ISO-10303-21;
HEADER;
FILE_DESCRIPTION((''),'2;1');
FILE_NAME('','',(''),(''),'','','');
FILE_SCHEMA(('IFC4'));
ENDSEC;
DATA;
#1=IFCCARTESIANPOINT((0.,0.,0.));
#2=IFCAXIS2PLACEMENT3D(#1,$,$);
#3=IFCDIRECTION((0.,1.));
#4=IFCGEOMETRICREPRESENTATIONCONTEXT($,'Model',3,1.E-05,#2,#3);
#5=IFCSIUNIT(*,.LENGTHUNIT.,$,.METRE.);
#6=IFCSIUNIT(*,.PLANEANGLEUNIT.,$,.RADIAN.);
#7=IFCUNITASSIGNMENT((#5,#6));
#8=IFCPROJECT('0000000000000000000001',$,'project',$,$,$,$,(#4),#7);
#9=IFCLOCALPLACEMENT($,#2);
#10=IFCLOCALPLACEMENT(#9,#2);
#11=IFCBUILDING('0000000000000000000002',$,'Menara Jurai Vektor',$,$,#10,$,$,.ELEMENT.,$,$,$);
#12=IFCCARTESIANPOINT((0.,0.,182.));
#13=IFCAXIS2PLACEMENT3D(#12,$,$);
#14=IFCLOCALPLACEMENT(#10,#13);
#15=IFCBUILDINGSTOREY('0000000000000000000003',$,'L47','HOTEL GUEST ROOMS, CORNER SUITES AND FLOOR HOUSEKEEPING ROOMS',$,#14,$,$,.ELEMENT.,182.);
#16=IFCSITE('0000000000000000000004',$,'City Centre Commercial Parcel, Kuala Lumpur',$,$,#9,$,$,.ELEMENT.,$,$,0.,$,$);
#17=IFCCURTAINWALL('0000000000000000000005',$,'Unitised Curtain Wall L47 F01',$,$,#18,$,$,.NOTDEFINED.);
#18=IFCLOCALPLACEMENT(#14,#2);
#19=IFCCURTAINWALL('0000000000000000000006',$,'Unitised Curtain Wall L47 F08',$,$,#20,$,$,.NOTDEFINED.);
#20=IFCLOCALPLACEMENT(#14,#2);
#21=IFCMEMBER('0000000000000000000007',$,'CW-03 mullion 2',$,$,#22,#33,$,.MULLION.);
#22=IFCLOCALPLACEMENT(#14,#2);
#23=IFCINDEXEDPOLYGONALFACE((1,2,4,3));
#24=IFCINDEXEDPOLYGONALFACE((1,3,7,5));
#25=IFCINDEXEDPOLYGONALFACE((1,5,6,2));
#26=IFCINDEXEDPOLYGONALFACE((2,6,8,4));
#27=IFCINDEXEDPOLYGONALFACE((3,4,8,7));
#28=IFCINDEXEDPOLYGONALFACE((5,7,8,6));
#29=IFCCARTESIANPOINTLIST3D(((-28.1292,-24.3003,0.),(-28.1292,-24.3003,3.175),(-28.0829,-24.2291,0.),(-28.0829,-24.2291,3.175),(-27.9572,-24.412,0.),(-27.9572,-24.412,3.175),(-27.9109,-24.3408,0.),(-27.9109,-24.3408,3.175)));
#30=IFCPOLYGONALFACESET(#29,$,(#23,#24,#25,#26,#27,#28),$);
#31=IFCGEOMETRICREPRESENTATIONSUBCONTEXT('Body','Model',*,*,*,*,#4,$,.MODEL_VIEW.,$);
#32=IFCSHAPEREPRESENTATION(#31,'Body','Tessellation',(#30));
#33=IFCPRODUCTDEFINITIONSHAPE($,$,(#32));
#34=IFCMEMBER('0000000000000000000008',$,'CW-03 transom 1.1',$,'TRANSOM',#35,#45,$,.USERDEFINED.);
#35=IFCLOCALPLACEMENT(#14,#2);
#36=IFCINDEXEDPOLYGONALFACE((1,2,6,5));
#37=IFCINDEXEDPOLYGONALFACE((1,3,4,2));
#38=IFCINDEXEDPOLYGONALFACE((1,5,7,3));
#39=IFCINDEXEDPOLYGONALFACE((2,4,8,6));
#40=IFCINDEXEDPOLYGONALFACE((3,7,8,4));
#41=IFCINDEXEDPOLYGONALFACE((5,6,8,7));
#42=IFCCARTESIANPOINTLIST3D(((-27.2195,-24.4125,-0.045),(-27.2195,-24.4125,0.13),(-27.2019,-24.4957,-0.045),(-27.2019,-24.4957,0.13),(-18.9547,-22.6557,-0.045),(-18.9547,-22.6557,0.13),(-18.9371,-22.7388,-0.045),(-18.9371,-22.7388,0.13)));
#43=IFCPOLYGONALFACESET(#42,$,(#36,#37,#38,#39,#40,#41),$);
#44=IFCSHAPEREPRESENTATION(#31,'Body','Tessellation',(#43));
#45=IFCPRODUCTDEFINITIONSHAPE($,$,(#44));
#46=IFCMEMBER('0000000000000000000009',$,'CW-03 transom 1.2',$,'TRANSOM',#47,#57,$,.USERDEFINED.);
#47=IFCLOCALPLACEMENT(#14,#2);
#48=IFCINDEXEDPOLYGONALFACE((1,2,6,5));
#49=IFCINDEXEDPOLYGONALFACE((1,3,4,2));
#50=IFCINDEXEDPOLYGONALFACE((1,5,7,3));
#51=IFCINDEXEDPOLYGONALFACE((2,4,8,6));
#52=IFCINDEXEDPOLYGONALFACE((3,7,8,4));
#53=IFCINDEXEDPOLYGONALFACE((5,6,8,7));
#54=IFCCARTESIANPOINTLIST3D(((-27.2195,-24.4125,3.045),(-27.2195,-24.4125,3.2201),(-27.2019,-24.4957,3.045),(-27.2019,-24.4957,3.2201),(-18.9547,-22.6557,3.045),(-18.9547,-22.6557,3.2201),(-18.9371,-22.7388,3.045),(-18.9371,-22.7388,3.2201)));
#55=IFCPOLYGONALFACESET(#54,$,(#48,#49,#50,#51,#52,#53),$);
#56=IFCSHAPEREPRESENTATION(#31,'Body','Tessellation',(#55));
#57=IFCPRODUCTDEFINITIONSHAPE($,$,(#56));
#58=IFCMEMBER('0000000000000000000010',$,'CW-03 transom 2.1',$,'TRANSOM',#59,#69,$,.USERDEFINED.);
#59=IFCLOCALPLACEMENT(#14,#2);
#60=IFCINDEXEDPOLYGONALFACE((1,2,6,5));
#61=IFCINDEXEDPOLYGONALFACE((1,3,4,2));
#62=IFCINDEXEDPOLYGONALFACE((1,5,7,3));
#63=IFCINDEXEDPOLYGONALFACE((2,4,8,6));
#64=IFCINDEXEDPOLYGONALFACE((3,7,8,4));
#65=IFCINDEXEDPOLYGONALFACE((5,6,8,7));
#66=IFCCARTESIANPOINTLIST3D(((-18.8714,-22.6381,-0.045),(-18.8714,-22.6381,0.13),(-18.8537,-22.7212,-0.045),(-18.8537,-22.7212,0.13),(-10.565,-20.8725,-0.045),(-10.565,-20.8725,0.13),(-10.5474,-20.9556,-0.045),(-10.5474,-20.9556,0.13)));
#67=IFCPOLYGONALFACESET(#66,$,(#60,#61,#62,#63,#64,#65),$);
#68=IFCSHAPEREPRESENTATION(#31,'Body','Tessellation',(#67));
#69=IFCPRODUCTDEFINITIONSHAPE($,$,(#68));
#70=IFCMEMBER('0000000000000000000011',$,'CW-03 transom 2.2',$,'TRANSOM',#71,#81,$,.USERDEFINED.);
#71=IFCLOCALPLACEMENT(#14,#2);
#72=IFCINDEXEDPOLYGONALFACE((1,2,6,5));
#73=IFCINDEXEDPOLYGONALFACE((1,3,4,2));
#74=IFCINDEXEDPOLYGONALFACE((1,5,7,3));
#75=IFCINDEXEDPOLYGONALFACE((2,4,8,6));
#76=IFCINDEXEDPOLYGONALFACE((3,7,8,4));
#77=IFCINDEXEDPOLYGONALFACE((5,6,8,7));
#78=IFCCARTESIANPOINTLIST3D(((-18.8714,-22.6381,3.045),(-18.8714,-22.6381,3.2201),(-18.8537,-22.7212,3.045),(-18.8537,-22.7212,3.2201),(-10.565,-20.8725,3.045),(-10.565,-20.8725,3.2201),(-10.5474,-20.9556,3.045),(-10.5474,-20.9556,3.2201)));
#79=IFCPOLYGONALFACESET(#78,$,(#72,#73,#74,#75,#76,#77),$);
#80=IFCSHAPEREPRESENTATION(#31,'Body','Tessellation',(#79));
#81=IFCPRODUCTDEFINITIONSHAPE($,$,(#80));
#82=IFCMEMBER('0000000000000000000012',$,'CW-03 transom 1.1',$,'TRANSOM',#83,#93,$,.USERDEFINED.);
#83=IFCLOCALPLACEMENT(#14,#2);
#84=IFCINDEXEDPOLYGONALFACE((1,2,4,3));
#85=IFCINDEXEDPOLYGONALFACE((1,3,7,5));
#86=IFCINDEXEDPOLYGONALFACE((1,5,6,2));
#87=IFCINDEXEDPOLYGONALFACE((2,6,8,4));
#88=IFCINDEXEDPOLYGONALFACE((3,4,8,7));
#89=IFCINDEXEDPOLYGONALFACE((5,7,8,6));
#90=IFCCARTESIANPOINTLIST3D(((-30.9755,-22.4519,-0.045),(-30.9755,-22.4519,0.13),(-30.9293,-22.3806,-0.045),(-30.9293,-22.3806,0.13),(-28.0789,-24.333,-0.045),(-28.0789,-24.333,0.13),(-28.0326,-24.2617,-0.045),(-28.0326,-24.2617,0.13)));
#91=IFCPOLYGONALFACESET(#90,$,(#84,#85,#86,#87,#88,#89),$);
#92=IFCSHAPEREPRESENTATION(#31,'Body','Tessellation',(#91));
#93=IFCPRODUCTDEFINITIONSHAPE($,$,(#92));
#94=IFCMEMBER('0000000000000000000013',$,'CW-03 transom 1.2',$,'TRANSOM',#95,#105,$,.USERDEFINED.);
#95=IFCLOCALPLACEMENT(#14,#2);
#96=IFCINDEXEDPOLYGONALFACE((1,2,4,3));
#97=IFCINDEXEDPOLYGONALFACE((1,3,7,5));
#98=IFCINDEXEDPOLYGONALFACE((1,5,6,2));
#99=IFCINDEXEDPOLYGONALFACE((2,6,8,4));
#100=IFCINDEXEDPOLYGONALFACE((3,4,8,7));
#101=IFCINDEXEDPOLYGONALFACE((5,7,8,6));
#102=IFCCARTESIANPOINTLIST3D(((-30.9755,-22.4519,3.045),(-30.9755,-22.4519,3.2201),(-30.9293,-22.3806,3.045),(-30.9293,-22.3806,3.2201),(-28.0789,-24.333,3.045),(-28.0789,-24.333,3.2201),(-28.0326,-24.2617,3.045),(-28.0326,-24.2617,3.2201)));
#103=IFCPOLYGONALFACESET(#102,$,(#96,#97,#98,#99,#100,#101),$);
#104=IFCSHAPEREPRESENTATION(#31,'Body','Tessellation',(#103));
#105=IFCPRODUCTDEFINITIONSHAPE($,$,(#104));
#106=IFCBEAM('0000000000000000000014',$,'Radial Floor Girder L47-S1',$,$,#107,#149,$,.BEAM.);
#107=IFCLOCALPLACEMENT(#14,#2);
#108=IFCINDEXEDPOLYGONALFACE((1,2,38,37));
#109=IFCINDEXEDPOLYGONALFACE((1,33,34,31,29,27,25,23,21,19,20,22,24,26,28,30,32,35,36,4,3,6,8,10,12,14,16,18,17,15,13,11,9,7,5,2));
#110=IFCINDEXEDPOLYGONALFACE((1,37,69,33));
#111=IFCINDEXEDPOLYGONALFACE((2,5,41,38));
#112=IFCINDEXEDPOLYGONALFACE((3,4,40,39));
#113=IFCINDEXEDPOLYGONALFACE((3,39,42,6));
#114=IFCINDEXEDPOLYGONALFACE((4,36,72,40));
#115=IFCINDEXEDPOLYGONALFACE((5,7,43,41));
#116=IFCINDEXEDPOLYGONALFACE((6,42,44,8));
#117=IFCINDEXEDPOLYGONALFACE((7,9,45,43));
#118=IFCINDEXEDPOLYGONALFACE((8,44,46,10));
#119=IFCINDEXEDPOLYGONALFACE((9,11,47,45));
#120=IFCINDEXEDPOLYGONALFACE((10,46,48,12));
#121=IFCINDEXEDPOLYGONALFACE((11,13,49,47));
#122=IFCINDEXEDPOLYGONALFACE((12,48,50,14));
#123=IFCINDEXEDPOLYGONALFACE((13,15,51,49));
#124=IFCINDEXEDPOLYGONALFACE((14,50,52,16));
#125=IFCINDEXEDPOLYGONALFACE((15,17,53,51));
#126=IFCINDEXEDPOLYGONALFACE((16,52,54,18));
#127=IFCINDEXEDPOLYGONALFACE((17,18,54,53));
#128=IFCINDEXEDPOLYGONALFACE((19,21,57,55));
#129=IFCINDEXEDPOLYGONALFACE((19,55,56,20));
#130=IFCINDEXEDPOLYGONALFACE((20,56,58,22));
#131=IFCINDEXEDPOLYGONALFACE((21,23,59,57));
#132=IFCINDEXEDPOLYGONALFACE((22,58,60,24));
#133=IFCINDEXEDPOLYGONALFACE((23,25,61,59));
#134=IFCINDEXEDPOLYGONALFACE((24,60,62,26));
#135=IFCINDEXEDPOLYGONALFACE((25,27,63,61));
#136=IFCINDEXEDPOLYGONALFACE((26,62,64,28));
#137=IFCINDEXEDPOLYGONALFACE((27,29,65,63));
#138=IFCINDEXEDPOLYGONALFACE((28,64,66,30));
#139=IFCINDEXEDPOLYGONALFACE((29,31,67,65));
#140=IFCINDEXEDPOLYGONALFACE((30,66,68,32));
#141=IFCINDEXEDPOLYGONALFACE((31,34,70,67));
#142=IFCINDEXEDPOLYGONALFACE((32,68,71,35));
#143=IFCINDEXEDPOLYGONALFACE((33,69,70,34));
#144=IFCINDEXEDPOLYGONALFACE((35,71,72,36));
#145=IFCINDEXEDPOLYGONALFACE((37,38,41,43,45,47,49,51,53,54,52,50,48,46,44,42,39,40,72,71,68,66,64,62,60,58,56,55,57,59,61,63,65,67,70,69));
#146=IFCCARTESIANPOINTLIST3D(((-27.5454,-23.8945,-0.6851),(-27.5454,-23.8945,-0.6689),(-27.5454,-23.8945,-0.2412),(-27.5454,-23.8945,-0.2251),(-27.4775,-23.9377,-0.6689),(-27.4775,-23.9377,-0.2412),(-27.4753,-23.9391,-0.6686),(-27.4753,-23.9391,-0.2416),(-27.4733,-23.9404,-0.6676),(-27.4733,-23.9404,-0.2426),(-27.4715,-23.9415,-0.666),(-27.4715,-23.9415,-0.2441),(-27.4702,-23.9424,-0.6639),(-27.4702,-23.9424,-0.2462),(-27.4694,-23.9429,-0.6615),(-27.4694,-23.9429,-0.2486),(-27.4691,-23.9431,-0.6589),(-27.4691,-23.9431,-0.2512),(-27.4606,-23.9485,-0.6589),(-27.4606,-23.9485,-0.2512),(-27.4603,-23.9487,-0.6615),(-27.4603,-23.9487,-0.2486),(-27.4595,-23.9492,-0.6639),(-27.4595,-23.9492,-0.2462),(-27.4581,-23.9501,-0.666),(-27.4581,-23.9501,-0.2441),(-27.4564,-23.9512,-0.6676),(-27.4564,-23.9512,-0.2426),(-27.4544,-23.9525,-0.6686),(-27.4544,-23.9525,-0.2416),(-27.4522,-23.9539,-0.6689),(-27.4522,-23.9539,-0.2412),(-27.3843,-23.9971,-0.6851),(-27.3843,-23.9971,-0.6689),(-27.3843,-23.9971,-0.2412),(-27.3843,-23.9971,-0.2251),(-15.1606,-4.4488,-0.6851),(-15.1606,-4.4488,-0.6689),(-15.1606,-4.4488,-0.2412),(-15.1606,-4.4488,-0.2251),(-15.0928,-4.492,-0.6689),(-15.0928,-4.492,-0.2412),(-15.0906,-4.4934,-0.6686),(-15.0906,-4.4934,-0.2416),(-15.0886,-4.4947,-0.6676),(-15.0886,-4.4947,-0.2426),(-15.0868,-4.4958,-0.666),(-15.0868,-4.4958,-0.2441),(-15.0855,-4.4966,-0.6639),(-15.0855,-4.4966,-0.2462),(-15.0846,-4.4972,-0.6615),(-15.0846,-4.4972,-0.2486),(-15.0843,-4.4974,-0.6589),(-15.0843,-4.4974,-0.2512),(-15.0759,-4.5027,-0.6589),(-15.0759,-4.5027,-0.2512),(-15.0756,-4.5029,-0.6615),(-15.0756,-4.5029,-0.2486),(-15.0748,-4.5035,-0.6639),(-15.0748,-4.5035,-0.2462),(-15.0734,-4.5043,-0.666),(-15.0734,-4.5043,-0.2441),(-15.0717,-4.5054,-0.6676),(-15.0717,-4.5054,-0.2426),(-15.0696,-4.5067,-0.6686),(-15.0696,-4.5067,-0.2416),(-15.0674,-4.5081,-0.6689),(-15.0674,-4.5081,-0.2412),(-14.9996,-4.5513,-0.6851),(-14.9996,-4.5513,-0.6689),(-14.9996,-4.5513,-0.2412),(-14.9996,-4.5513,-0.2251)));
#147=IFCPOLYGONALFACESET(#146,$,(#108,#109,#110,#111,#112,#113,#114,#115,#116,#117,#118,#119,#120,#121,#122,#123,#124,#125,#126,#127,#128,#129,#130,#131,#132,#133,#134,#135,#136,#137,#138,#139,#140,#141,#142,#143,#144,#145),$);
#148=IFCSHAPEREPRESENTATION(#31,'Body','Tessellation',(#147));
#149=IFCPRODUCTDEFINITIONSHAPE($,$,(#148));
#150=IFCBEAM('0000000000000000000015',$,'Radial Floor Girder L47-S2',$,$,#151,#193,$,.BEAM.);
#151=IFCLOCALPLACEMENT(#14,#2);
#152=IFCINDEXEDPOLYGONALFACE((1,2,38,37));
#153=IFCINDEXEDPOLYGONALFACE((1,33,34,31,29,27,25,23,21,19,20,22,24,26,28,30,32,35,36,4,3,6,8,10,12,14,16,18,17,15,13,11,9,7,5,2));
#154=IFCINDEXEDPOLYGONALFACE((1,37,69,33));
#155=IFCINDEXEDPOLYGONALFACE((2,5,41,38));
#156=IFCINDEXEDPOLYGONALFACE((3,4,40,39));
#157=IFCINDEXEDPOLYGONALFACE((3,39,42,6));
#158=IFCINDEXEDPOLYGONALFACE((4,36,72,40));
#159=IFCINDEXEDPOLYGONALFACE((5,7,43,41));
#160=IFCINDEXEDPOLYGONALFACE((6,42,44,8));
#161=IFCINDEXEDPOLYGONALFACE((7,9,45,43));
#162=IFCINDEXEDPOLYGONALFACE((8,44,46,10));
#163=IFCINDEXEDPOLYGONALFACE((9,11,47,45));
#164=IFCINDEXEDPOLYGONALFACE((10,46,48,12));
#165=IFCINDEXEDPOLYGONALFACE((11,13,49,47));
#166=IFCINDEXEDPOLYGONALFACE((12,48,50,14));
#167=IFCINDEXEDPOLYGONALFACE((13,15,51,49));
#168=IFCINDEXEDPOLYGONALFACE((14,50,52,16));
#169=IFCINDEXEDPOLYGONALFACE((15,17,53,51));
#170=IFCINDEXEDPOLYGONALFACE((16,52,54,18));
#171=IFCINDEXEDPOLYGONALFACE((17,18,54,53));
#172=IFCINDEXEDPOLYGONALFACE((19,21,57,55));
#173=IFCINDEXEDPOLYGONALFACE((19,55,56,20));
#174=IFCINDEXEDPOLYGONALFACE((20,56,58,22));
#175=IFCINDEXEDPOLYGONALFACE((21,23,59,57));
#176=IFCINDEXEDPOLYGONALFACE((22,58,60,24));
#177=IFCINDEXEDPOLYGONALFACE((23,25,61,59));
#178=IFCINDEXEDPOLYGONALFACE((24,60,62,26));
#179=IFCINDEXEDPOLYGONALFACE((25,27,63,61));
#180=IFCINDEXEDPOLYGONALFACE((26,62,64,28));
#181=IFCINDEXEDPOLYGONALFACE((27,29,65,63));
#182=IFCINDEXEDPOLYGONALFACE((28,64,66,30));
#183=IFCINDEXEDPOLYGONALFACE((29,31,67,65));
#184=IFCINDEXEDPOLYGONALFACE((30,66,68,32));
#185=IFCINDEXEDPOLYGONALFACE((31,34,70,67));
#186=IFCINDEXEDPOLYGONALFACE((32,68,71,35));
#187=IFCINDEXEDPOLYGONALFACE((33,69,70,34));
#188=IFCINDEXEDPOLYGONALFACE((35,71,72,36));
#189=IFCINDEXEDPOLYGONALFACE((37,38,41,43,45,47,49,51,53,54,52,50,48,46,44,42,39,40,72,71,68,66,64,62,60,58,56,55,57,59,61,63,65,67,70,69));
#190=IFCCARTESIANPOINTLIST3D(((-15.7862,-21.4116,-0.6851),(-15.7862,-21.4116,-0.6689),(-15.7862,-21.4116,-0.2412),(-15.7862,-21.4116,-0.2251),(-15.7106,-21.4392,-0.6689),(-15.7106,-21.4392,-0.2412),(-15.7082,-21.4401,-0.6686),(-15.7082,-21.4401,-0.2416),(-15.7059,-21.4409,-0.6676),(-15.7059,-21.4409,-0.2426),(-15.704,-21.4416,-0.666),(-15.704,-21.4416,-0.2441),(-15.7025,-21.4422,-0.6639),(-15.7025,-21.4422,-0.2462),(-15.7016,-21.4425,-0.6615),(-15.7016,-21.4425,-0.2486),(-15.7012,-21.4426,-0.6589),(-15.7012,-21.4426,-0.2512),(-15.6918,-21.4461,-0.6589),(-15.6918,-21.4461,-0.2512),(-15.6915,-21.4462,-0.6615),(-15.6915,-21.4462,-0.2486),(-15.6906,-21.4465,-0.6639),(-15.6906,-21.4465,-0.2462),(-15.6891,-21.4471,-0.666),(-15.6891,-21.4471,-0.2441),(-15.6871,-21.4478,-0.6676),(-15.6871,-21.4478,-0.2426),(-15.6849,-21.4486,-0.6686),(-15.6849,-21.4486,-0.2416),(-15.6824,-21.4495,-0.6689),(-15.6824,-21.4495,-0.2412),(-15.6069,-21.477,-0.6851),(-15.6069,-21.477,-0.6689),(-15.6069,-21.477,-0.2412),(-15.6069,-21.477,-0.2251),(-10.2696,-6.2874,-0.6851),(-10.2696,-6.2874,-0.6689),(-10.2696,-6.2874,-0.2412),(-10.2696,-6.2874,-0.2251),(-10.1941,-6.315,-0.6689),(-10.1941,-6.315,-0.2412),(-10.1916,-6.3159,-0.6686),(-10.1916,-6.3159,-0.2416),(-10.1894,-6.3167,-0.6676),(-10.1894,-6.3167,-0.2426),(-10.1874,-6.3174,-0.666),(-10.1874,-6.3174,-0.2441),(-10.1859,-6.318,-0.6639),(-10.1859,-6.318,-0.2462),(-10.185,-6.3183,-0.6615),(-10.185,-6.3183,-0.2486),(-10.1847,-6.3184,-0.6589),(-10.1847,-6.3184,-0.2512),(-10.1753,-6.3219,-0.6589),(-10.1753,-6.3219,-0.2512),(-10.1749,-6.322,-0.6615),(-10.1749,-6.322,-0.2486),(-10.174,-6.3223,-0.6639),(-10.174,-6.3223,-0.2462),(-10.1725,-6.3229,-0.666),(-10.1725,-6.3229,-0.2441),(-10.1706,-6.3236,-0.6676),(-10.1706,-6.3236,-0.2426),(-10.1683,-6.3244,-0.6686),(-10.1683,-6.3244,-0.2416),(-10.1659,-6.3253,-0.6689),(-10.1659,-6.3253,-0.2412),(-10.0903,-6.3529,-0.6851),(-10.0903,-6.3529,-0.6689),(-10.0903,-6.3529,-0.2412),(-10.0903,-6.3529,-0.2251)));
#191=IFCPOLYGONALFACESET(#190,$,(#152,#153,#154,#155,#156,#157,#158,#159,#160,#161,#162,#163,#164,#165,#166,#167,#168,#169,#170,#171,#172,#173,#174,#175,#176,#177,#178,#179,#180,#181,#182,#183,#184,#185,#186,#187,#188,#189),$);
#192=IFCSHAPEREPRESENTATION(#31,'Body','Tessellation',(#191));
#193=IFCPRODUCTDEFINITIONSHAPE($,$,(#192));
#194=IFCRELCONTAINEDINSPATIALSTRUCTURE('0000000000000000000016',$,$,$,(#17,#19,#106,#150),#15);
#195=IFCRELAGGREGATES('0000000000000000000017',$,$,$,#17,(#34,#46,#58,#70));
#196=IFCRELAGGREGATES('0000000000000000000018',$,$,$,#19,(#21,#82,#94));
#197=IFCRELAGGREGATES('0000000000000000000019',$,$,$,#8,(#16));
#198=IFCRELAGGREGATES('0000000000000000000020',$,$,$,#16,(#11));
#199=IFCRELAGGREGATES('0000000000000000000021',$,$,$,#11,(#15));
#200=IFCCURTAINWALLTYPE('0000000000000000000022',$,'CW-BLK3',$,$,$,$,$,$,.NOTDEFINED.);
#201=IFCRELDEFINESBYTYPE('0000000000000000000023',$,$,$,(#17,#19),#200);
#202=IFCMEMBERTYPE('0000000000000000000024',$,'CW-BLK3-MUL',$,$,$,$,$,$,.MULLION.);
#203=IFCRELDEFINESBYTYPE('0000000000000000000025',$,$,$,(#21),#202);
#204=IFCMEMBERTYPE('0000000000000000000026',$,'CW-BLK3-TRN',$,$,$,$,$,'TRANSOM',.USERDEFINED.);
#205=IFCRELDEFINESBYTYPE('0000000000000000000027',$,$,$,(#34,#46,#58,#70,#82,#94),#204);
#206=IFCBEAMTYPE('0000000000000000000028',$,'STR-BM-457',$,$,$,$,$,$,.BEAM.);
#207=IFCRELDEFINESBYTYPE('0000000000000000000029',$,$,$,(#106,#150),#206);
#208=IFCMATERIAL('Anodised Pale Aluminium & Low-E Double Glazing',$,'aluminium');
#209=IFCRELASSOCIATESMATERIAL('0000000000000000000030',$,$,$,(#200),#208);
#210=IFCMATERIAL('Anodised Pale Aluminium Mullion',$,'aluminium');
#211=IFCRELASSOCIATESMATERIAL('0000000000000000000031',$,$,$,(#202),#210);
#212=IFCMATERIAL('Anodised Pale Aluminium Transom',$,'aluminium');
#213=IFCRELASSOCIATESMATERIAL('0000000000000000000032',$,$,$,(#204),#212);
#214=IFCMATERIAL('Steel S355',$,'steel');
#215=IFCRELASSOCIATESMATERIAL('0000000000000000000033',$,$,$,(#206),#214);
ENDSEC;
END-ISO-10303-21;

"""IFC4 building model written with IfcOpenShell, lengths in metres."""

from ifc_helpers import new_model, si_unit, direction, frame, origin, origin_2d, place, context, subcontext, project, spatial, rectangle, i_section, extrude, material, material_profile, profile_set, type_object, element, aggregate, save


model = new_model("IFC4")

# Units and contexts
model_context = context("Model", 3, precision=1e-05, world=origin(), true_north=direction((0.0, 1.0)))
body_context = subcontext(model_context, "Body", "Model", "MODEL_VIEW")
ifc_project = project(units=[si_unit("LENGTHUNIT", "METRE"), si_unit("PLANEANGLEUNIT", "RADIAN")], contexts=[model_context])

# Site, building, storey
site_placement = place(None, origin())
site = spatial("IfcSite", under=ifc_project, at=site_placement, Name="City Centre Commercial Parcel, Kuala Lumpur", CompositionType="ELEMENT", RefElevation=0.0)
building_placement = place(site_placement, origin())
building = spatial("IfcBuilding", under=site, at=building_placement, Name="Menara Jurai Vektor", CompositionType="ELEMENT")
storey_placement = place(building_placement, frame((0.0, 0.0, 182.0)))
storey = spatial("IfcBuildingStorey", under=building, at=storey_placement, Name="L47", Description="HOTEL GUEST ROOMS, CORNER SUITES AND FLOOR HOUSEKEEPING ROOMS", CompositionType="ELEMENT", Elevation=182.0)

# Curtain wall
ifc_material_1 = material(Name="Anodised Pale Aluminium & Low-E Double Glazing", Category="aluminium")
curtain_wall_type = type_object("IfcCurtainWallType", Name="CW-BLK3", PredefinedType="NOTDEFINED", material=ifc_material_1)
curtain_wall_1_placement = place(storey_placement, origin())
curtain_wall_1 = element("IfcCurtainWall", 1, at=curtain_wall_1_placement, inside=storey, type_object=curtain_wall_type, Name="Unitised Curtain Wall L47 F01", PredefinedType="NOTDEFINED")
ifc_material_2 = material(Name="Anodised Pale Aluminium Mullion", Category="aluminium")
ifc_material_profile_1 = material_profile(ifc_material_2, rectangle(XDim=0.085, YDim=0.2051, at=origin_2d()), Name="ALU MUL 85x205")
ifc_profile_set_1 = profile_set([ifc_material_profile_1], Name="Anodised Pale Aluminium Mullion")
member_type_1 = type_object("IfcMemberType", Name="CW-BLK3-MUL", PredefinedType="MULLION", material=ifc_profile_set_1)

# Curtain wall, member
curtain_wall_2_placement = place(storey_placement, origin())
curtain_wall_2 = element("IfcCurtainWall", 2, at=curtain_wall_2_placement, inside=storey, type_object=curtain_wall_type, Name="Unitised Curtain Wall L47 F08", PredefinedType="NOTDEFINED")
member_1_placement = place(storey_placement, frame((-28.02, -24.3206, 0.0), z_axis=(0.0, 0.0, 1.0), x_axis=(0.544618, 0.838684, 0.0)))
member_1 = element("IfcMember", 3, at=member_1_placement, type_object=member_type_1, Name="CW-03 mullion 2", PredefinedType="MULLION", context=body_context, shape_type="SweptSolid", body=[
    extrude(rectangle(XDim=0.085, YDim=0.2051, at=origin_2d()), origin(), (0.0, 0.0, 1.0), 3.175),
])

# Members
ifc_material_3 = material(Name="Anodised Pale Aluminium Transom", Category="aluminium")
ifc_material_profile_2 = material_profile(ifc_material_3, rectangle(XDim=0.085, YDim=0.175, at=origin_2d()), Name="ALU TRN 85x175")
ifc_profile_set_2 = profile_set([ifc_material_profile_2], Name="Anodised Pale Aluminium Transom")
member_type_2 = type_object("IfcMemberType", Name="CW-BLK3-TRN", ElementType="TRANSOM", PredefinedType="USERDEFINED", material=ifc_profile_set_2)
member_2_placement = place(storey_placement, frame((-27.2107, -24.4541, 0.0425), z_axis=(0.978146, 0.207921, 0.0), x_axis=(-0.207921, 0.978146, 0.0)))
member_2 = element("IfcMember", 4, at=member_2_placement, type_object=member_type_2, Name="CW-03 transom 1.1", ObjectType="TRANSOM", PredefinedType="USERDEFINED", context=body_context, shape_type="SweptSolid", body=[
    extrude(rectangle(XDim=0.085, YDim=0.175, at=origin_2d()), origin(), (0.0, 0.0, 1.0), 8.4495),
])
member_3_placement = place(storey_placement, frame((-27.2107, -24.4541, 3.1326), z_axis=(0.978146, 0.207921, 0.0), x_axis=(-0.207921, 0.978146, 0.0)))
member_3 = element("IfcMember", 5, at=member_3_placement, type_object=member_type_2, Name="CW-03 transom 1.2", ObjectType="TRANSOM", PredefinedType="USERDEFINED", context=body_context, shape_type="SweptSolid", body=[
    extrude(rectangle(XDim=0.085, YDim=0.175, at=origin_2d()), origin(), (0.0, 0.0, 1.0), 8.4495),
])
member_4_placement = place(storey_placement, frame((-18.8625, -22.6797, 0.0425), z_axis=(0.978147, 0.207917, 0.0), x_axis=(-0.207917, 0.978147, 0.0)))
member_4 = element("IfcMember", 6, at=member_4_placement, type_object=member_type_2, Name="CW-03 transom 2.1", ObjectType="TRANSOM", PredefinedType="USERDEFINED", context=body_context, shape_type="SweptSolid", body=[
    extrude(rectangle(XDim=0.085, YDim=0.175, at=origin_2d()), origin(), (0.0, 0.0, 1.0), 8.4919),
])
member_5_placement = place(storey_placement, frame((-18.8625, -22.6797, 3.1326), z_axis=(0.978147, 0.207917, 0.0), x_axis=(-0.207917, 0.978147, 0.0)))
member_5 = element("IfcMember", 7, at=member_5_placement, type_object=member_type_2, Name="CW-03 transom 2.2", ObjectType="TRANSOM", PredefinedType="USERDEFINED", context=body_context, shape_type="SweptSolid", body=[
    extrude(rectangle(XDim=0.085, YDim=0.175, at=origin_2d()), origin(), (0.0, 0.0, 1.0), 8.4919),
])
member_6_placement = place(storey_placement, frame((-30.9524, -22.4163, 0.0425), z_axis=(0.838678, -0.544628, 0.0), x_axis=(0.544628, 0.838678, 0.0)))
member_6 = element("IfcMember", 8, at=member_6_placement, type_object=member_type_2, Name="CW-03 transom 1.1", ObjectType="TRANSOM", PredefinedType="USERDEFINED", context=body_context, shape_type="SweptSolid", body=[
    extrude(rectangle(XDim=0.085, YDim=0.175, at=origin_2d()), origin(), (0.0, 0.0, 1.0), 3.4539),
])
member_7_placement = place(storey_placement, frame((-30.9524, -22.4163, 3.1326), z_axis=(0.838678, -0.544628, 0.0), x_axis=(0.544628, 0.838678, 0.0)))
member_7 = element("IfcMember", 9, at=member_7_placement, type_object=member_type_2, Name="CW-03 transom 1.2", ObjectType="TRANSOM", PredefinedType="USERDEFINED", context=body_context, shape_type="SweptSolid", body=[
    extrude(rectangle(XDim=0.085, YDim=0.175, at=origin_2d()), origin(), (0.0, 0.0, 1.0), 3.4539),
])

# Beams
ifc_material_4 = material(Name="Steel S355", Category="steel")
ifc_material_profile_3 = material_profile(ifc_material_4, i_section(OverallWidth=0.1909, OverallDepth=0.46, WebThickness=0.01, FlangeThickness=0.0161, FilletRadius=0.01, at=origin_2d()), Name="UKB 457x191x82")
ifc_profile_set_3 = profile_set([ifc_material_profile_3], Name="Steel S355")
beam_type_1 = type_object("IfcBeamType", Name="STR-BM-457", PredefinedType="BEAM", material=ifc_profile_set_3)
beam_1_placement = place(storey_placement, frame((-27.4648, -23.9458, -0.4551), z_axis=(0.537189, 0.843462, 0.0), x_axis=(-0.843462, 0.537189, 0.0)))
element("IfcBeam", 10, at=beam_1_placement, inside=storey, type_object=beam_type_1, Name="Radial Floor Girder L47-S1", PredefinedType="BEAM", context=body_context, shape_type="SweptSolid", body=[
    extrude(i_section(OverallWidth=0.1909, OverallDepth=0.46, WebThickness=0.01, FlangeThickness=0.0161, FilletRadius=0.01, at=origin_2d()), origin(), (0.0, 0.0, 1.0), 23.0547),
])
beam_2_placement = place(storey_placement, frame((-15.6965, -21.4443, -0.4551), z_axis=(0.342668, 0.939456, 0.0), x_axis=(-0.939456, 0.342668, 0.0)))
element("IfcBeam", 11, at=beam_2_placement, inside=storey, type_object=beam_type_1, Name="Radial Floor Girder L47-S2", PredefinedType="BEAM", context=body_context, shape_type="SweptSolid", body=[
    extrude(i_section(OverallWidth=0.1909, OverallDepth=0.46, WebThickness=0.01, FlangeThickness=0.0161, FilletRadius=0.01, at=origin_2d()), origin(), (0.0, 0.0, 1.0), 16.0989),
])

aggregate(curtain_wall_1, [member_2, member_3, member_4, member_5])
aggregate(curtain_wall_2, [member_1, member_6, member_7])

save(model, "model.ifc")
